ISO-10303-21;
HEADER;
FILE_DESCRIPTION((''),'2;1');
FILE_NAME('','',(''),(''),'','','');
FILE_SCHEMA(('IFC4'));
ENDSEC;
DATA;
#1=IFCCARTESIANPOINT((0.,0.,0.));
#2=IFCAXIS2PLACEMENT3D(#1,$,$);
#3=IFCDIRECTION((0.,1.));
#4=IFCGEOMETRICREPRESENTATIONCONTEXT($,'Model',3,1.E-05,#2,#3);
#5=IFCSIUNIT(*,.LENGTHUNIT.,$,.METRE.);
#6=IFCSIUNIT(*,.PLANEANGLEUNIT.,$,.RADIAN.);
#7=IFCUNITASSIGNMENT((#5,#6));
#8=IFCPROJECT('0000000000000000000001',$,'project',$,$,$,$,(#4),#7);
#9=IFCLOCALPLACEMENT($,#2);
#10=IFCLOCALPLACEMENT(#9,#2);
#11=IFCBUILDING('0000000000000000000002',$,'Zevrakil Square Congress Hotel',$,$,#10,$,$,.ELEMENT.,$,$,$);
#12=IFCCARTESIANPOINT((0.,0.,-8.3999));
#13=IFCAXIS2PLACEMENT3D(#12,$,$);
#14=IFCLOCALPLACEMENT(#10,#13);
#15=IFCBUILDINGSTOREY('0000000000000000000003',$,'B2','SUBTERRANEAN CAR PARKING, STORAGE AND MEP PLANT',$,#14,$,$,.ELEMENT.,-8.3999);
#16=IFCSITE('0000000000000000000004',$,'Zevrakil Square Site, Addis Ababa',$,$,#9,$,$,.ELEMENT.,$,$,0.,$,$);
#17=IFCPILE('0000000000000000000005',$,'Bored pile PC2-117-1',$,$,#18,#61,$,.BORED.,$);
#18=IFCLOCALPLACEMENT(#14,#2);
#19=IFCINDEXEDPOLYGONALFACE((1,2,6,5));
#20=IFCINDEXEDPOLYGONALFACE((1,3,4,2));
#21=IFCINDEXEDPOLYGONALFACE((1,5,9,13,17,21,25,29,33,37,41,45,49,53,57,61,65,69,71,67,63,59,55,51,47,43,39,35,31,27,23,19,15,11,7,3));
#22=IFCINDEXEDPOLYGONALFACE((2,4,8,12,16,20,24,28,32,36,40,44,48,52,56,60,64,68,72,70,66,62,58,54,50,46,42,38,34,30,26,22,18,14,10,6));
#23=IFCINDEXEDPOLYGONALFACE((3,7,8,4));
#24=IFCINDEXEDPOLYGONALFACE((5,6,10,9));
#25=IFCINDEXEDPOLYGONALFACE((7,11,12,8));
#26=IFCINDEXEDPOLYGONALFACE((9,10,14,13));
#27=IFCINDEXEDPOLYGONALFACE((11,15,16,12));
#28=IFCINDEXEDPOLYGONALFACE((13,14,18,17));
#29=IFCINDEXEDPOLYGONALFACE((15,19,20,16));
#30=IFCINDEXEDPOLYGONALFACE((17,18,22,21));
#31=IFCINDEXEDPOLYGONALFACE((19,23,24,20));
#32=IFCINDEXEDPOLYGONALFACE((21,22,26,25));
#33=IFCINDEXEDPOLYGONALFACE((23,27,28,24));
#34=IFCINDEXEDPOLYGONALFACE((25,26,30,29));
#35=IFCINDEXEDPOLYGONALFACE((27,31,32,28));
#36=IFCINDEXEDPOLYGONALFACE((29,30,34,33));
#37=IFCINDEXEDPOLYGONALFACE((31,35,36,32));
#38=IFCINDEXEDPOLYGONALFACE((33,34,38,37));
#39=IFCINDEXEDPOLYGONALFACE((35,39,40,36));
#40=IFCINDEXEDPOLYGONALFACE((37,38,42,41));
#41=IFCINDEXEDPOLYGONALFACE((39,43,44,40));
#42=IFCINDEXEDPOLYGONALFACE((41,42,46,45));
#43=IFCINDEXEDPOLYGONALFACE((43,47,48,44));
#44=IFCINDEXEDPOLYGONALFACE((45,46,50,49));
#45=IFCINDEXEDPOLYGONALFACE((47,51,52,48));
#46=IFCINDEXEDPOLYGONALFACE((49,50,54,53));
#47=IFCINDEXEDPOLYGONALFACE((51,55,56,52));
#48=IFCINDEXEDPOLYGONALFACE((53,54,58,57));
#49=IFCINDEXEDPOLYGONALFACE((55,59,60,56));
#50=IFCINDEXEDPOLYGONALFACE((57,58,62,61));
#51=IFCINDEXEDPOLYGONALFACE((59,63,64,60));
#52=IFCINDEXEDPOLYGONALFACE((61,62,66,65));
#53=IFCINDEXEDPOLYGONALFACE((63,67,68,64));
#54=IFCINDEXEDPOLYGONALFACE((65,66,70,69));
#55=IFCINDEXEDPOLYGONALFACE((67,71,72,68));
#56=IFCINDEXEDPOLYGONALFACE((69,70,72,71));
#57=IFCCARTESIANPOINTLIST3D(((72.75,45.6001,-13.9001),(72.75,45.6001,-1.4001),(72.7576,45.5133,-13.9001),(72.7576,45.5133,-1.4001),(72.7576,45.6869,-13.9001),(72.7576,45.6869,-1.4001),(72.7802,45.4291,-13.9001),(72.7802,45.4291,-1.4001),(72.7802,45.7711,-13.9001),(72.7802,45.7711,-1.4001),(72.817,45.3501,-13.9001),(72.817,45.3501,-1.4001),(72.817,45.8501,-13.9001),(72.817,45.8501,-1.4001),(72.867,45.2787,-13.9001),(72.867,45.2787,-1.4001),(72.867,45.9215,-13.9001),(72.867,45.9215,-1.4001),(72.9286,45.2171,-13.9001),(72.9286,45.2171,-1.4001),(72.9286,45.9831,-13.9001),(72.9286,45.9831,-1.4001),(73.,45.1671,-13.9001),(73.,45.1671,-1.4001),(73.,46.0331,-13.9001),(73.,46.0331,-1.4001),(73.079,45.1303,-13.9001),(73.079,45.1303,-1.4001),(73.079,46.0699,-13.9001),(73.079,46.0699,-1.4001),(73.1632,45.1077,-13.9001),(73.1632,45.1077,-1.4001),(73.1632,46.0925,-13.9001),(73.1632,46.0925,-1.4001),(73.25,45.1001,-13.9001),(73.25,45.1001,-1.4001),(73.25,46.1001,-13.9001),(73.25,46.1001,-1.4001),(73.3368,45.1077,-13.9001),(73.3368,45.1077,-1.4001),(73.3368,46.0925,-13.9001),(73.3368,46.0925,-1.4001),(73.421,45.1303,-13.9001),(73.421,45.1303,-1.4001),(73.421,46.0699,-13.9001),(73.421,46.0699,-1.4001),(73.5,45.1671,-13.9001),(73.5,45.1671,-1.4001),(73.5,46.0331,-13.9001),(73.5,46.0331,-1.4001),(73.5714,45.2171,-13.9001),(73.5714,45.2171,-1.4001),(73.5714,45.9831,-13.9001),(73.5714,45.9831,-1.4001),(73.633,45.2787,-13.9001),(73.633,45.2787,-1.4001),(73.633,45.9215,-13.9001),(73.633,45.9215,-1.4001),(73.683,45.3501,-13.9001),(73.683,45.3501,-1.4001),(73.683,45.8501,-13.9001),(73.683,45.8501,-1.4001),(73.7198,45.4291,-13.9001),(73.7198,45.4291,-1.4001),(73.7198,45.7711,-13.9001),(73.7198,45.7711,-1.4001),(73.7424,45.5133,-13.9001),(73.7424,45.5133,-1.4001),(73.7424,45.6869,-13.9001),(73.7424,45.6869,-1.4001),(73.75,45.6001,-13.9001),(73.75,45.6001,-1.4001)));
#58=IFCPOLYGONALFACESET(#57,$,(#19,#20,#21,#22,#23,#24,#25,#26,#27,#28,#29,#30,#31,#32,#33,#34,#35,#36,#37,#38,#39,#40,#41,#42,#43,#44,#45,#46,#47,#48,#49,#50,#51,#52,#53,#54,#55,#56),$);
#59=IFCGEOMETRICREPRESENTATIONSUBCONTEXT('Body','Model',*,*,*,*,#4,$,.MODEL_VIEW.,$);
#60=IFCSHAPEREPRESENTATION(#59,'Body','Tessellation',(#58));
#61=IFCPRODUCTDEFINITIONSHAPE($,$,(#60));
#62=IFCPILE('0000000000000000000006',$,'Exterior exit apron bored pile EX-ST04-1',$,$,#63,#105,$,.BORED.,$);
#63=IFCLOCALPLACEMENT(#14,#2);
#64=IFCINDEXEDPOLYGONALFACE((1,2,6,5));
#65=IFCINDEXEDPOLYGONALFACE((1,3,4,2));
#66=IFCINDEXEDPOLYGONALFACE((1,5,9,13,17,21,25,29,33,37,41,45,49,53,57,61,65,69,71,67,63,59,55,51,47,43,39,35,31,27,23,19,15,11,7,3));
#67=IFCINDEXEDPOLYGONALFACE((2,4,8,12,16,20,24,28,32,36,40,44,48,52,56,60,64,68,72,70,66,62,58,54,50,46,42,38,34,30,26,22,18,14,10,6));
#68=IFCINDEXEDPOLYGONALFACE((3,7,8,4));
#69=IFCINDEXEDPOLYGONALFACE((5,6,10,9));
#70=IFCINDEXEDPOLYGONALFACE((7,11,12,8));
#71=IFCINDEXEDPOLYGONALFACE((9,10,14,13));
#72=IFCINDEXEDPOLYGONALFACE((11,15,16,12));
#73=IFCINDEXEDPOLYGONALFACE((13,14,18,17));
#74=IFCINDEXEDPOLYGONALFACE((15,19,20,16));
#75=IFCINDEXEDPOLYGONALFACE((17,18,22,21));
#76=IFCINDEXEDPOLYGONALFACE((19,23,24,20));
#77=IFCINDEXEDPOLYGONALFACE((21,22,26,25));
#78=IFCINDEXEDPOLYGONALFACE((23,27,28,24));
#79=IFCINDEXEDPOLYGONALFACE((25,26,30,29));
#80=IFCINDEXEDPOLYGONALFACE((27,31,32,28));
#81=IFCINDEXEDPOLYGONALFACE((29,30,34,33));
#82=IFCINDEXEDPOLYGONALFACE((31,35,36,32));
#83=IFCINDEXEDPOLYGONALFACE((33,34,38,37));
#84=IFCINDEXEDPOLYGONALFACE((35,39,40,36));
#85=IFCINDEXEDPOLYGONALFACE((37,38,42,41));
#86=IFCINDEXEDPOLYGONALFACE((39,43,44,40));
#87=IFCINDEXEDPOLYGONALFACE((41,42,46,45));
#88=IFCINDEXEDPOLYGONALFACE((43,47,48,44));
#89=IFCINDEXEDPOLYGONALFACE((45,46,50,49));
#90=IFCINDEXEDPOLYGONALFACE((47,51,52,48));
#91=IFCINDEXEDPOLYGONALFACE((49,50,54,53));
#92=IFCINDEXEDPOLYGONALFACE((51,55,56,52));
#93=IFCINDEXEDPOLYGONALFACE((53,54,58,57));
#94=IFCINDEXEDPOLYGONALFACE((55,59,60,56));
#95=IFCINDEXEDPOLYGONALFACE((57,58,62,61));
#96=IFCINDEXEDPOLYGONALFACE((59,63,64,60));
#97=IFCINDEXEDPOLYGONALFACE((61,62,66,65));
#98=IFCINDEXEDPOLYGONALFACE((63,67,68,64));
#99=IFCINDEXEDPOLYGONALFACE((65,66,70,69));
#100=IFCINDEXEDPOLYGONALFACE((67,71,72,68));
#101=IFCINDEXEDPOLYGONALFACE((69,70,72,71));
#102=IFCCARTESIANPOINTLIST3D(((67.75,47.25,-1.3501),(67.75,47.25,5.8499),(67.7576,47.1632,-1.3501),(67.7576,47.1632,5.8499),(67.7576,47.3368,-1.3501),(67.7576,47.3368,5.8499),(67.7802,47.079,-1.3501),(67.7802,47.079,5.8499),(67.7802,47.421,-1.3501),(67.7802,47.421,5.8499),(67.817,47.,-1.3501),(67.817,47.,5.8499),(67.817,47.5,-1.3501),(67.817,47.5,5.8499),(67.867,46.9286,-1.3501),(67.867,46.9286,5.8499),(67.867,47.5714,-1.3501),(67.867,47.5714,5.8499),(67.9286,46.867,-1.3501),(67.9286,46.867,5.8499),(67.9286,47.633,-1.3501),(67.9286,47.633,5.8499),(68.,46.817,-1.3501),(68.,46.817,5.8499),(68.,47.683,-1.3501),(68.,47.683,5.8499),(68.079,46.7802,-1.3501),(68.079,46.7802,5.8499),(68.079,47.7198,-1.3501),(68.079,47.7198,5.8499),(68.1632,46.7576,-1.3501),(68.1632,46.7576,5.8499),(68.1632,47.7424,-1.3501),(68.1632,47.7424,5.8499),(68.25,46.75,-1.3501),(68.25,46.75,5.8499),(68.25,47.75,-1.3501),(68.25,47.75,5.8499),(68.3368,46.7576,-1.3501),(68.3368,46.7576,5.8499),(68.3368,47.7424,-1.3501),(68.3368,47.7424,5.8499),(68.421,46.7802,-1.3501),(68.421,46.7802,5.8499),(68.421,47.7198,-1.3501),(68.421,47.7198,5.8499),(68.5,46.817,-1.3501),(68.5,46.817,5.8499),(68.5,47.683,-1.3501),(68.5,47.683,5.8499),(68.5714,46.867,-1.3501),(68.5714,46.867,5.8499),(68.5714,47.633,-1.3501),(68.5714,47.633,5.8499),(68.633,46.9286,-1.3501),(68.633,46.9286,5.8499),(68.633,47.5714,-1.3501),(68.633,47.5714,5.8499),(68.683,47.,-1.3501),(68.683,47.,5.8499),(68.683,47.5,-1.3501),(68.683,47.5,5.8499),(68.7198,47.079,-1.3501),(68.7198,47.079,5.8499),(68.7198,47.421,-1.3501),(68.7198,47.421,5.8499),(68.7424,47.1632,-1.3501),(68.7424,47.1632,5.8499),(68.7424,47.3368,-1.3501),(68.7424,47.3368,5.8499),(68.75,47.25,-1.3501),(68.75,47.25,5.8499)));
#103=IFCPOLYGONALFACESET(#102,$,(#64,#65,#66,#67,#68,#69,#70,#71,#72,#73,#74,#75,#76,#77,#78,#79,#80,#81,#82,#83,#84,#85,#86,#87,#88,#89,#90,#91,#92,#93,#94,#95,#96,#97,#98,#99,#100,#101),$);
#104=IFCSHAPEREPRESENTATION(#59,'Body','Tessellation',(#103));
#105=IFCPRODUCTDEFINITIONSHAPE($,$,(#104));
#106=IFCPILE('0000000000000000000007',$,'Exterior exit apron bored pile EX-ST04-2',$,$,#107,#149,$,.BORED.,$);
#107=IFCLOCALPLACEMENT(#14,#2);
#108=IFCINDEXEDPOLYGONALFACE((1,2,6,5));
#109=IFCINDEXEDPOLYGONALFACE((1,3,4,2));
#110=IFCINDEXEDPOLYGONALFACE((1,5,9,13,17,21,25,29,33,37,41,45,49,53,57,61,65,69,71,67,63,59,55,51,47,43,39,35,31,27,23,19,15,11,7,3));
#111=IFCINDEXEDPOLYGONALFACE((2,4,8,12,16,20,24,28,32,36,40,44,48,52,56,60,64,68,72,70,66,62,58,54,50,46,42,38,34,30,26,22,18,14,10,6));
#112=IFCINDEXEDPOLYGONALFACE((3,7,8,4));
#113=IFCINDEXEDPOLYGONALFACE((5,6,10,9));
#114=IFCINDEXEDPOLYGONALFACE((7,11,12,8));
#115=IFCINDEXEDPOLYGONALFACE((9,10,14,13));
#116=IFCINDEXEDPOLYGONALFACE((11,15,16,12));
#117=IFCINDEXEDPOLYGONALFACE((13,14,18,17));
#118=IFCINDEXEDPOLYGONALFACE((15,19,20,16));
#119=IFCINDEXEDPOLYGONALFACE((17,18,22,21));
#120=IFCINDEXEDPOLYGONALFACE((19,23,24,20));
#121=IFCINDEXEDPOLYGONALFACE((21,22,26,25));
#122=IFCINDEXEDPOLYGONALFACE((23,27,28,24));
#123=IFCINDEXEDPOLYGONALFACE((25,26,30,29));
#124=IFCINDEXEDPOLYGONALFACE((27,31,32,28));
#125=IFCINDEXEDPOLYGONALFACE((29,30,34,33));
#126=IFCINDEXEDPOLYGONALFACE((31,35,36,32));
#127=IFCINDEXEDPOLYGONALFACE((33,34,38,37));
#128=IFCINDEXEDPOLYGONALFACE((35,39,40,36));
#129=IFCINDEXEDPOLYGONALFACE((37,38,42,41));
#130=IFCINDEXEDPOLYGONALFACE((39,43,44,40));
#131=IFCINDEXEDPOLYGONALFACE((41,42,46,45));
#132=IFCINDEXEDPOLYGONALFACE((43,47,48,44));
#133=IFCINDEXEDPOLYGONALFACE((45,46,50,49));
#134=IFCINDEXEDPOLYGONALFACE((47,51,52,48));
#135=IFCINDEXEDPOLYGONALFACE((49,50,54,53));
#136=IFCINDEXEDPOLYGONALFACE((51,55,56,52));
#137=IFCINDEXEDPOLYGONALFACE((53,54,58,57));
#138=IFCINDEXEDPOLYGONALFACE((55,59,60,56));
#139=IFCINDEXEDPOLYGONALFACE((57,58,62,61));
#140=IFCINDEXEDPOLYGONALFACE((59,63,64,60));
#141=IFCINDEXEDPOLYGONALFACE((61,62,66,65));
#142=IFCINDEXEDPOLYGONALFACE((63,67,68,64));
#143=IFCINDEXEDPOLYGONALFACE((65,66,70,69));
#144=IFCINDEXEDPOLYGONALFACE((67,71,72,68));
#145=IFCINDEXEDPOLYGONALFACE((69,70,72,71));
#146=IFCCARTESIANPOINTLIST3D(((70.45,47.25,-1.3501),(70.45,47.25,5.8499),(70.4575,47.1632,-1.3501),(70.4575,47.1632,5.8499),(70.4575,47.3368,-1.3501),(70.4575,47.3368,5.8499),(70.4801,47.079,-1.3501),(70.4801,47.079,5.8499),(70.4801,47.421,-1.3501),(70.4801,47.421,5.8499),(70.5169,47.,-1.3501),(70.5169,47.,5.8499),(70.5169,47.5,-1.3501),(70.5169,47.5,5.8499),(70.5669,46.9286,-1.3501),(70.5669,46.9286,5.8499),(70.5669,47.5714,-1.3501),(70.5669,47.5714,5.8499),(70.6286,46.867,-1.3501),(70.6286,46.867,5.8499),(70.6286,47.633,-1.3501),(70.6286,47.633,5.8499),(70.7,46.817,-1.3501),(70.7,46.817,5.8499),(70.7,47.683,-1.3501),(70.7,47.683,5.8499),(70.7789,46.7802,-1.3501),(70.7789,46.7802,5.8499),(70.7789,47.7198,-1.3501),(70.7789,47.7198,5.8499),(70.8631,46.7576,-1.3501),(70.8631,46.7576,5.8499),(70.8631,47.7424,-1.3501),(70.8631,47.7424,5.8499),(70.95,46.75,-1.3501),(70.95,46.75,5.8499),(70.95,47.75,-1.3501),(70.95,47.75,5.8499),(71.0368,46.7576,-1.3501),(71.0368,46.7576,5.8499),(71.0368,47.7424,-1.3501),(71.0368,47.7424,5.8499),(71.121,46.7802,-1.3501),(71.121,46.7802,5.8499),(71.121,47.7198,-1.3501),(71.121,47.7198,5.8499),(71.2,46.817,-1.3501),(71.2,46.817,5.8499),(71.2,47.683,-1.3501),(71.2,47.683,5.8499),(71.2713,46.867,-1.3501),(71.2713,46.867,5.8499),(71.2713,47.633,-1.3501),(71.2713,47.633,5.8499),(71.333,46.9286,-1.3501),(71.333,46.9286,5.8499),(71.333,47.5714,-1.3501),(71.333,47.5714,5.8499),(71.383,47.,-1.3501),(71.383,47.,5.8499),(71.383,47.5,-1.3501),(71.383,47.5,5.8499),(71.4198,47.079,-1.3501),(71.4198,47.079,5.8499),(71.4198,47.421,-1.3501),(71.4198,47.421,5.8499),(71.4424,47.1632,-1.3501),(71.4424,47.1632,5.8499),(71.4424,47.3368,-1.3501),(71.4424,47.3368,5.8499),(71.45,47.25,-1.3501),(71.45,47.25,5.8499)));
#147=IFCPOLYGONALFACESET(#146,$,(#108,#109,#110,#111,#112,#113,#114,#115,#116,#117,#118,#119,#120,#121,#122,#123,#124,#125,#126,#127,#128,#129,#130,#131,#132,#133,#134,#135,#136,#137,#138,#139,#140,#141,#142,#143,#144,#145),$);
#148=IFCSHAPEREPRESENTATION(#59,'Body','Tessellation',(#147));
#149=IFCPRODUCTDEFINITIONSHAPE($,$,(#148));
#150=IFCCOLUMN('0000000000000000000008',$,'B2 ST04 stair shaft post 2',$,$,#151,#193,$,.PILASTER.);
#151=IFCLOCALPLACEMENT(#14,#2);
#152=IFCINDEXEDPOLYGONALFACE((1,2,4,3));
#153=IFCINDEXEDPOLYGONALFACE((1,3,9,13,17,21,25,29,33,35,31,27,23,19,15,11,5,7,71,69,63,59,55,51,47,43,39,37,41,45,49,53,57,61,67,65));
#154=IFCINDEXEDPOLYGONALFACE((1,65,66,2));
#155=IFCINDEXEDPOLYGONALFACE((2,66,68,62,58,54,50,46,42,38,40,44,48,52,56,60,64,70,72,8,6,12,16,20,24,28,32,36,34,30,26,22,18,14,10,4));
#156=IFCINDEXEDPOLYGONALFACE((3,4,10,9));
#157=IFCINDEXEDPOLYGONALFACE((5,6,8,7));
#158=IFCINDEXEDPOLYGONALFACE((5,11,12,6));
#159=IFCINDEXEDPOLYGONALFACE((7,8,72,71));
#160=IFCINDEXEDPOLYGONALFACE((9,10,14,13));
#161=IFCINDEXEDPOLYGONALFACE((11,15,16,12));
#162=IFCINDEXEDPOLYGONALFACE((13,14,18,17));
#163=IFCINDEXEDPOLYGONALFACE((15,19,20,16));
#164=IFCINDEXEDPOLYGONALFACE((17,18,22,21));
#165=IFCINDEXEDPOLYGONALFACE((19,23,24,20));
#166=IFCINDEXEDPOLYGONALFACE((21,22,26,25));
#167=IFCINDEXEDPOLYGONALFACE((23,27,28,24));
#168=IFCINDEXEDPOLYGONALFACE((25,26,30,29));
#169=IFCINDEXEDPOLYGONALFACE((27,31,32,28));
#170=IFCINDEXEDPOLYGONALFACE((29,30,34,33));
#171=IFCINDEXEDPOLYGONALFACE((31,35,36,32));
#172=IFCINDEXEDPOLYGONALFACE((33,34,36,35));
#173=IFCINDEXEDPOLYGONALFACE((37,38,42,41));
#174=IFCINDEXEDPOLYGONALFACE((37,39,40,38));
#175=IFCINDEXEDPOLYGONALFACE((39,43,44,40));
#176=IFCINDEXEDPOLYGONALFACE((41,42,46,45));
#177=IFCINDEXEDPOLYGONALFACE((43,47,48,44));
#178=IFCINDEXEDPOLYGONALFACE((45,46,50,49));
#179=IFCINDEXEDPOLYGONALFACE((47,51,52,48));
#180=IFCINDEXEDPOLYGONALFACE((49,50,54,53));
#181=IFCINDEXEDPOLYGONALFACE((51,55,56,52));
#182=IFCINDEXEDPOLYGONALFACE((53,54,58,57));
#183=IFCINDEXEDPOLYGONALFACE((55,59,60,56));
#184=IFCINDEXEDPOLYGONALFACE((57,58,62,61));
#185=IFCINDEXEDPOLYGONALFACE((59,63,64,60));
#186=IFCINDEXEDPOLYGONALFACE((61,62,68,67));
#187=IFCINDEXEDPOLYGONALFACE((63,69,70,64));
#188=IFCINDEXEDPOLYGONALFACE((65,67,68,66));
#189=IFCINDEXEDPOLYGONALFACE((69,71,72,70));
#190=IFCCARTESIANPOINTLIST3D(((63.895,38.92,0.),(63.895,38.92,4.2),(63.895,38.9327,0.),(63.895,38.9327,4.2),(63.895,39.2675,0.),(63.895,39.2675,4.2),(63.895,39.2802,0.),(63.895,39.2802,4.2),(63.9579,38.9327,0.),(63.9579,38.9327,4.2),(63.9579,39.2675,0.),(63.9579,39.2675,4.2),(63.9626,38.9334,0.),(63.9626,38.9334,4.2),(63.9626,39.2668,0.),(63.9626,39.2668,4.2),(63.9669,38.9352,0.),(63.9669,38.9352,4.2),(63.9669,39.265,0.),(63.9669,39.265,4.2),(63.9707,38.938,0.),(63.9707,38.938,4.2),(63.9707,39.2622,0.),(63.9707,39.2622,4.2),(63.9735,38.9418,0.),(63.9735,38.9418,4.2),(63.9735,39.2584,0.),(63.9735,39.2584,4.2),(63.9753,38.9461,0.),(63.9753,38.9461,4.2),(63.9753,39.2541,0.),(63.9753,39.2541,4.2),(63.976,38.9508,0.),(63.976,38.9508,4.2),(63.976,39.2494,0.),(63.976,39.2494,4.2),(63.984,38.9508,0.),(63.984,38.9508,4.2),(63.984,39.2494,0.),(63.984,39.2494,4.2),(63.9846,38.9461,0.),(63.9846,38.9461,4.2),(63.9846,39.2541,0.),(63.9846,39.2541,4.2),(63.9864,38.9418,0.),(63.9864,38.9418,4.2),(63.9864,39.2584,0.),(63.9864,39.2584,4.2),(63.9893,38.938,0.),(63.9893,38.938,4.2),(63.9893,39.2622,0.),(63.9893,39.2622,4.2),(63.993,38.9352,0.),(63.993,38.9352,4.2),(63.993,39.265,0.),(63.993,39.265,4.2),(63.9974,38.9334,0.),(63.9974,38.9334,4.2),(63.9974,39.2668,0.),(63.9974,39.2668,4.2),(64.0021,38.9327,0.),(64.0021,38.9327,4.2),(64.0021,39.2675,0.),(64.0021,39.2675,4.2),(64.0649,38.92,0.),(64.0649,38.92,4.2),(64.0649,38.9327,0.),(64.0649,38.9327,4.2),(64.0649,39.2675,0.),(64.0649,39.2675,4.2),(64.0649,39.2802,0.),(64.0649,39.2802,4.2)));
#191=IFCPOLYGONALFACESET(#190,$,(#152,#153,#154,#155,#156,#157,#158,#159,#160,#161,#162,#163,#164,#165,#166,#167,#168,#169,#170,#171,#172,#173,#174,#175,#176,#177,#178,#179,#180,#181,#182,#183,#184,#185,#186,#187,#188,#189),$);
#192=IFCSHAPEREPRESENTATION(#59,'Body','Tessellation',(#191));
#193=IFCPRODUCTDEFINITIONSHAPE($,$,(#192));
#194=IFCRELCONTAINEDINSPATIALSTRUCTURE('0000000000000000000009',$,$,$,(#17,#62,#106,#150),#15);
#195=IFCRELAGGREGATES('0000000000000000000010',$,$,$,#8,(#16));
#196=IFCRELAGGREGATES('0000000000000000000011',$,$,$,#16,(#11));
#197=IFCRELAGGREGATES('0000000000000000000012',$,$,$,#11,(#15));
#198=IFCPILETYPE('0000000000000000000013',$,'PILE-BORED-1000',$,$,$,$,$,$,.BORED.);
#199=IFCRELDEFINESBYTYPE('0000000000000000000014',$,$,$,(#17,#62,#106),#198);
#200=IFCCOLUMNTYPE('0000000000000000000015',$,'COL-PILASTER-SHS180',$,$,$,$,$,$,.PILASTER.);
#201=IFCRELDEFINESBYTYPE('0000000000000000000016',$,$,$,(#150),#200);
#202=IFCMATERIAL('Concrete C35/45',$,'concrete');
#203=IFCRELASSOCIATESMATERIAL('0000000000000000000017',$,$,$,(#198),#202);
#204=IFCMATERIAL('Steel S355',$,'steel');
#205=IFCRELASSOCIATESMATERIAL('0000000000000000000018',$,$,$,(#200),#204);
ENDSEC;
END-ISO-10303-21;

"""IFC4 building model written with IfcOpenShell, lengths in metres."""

from ifc_helpers import new_model, si_unit, direction, frame, origin, origin_2d, place, context, subcontext, project, spatial, circle, i_section, extrude, material, material_profile, profile_set, type_object, element, save


model = new_model("IFC4")

# Units and contexts
model_context = context("Model", 3, precision=1e-05, world=origin(), true_north=direction((0.0, 1.0)))
body_context = subcontext(model_context, "Body", "Model", "MODEL_VIEW")
ifc_project = project(units=[si_unit("LENGTHUNIT", "METRE"), si_unit("PLANEANGLEUNIT", "RADIAN")], contexts=[model_context])

# Site, building, storey
site_placement = place(None, origin())
site = spatial("IfcSite", under=ifc_project, at=site_placement, Name="Zevrakil Square Site, Addis Ababa", CompositionType="ELEMENT", RefElevation=0.0)
building_placement = place(site_placement, origin())
building = spatial("IfcBuilding", under=site, at=building_placement, Name="Zevrakil Square Congress Hotel", CompositionType="ELEMENT")
storey_placement = place(building_placement, frame((0.0, 0.0, -8.3999)))
storey = spatial("IfcBuildingStorey", under=building, at=storey_placement, Name="B2", Description="SUBTERRANEAN CAR PARKING, STORAGE AND MEP PLANT", CompositionType="ELEMENT", Elevation=-8.3999)

# Piles
ifc_material_1 = material(Name="Concrete C35/45", Category="concrete")
ifc_material_profile_1 = material_profile(ifc_material_1, circle(Radius=0.5, at=origin_2d()), Name="PILE D1000")
ifc_profile_set_1 = profile_set([ifc_material_profile_1], Name="Concrete C35/45")
pile_type = type_object("IfcPileType", Name="PILE-BORED-1000", PredefinedType="BORED", material=ifc_profile_set_1)
for number, where, z_axis, x_axis, name in (
    (1, (73.25, 45.6001, -1.4001), (0.0, 0.0, -1.0), (1.0, 0.0, 0.0), "Bored pile PC2-117-1"),
):
    element("IfcPile", number, at=place(storey_placement, frame(where, z_axis=z_axis, x_axis=x_axis)), inside=storey, type_object=pile_type, Name=name, PredefinedType="BORED", context=body_context, shape_type="SweptSolid", body=[
        extrude(circle(Radius=0.5, at=origin_2d()), origin(), (0.0, 0.0, 1.0), 12.5),
    ])
for number, where, z_axis, x_axis, name in (
    (2, (68.25, 47.25, 5.8499), (0.0, 0.0, -1.0), (1.0, 0.0, 0.0), "Exterior exit apron bored pile EX-ST04-1"),
    (3, (70.95, 47.25, 5.8499), (0.0, 0.0, -1.0), (1.0, 0.0, 0.0), "Exterior exit apron bored pile EX-ST04-2"),
):
    element("IfcPile", number, at=place(storey_placement, frame(where, z_axis=z_axis, x_axis=x_axis)), inside=storey, type_object=pile_type, Name=name, PredefinedType="BORED", context=body_context, shape_type="SweptSolid", body=[
        extrude(circle(Radius=0.5, at=origin_2d()), origin(), (0.0, 0.0, 1.0), 7.2),
    ])

# Column
ifc_material_2 = material(Name="Steel S355", Category="steel")
ifc_material_profile_2 = material_profile(ifc_material_2, i_section(OverallWidth=0.1699, OverallDepth=0.3601, WebThickness=0.0081, FlangeThickness=0.0127, FilletRadius=0.0181, at=origin_2d()), Name="IPE 360")
ifc_profile_set_2 = profile_set([ifc_material_profile_2], Name="Steel S355")
column_type_1 = type_object("IfcColumnType", Name="COL-PILASTER-SHS180", PredefinedType="PILASTER", material=ifc_profile_set_2)
for number, where, z_axis, x_axis, name in (
    (4, (63.98, 39.1001, 0.0), (0.0, 0.0, 1.0), (1.0, 0.0, 0.0), "B2 ST04 stair shaft post 2"),
):
    element("IfcColumn", number, at=place(storey_placement, frame(where, z_axis=z_axis, x_axis=x_axis)), inside=storey, type_object=column_type_1, Name=name, PredefinedType="PILASTER", context=body_context, shape_type="SweptSolid", body=[
        extrude(i_section(OverallWidth=0.1699, OverallDepth=0.3601, WebThickness=0.0081, FlangeThickness=0.0127, FilletRadius=0.0181, at=origin_2d()), origin(), (0.0, 0.0, 1.0), 4.2),
    ])

save(model, "model.ifc")
